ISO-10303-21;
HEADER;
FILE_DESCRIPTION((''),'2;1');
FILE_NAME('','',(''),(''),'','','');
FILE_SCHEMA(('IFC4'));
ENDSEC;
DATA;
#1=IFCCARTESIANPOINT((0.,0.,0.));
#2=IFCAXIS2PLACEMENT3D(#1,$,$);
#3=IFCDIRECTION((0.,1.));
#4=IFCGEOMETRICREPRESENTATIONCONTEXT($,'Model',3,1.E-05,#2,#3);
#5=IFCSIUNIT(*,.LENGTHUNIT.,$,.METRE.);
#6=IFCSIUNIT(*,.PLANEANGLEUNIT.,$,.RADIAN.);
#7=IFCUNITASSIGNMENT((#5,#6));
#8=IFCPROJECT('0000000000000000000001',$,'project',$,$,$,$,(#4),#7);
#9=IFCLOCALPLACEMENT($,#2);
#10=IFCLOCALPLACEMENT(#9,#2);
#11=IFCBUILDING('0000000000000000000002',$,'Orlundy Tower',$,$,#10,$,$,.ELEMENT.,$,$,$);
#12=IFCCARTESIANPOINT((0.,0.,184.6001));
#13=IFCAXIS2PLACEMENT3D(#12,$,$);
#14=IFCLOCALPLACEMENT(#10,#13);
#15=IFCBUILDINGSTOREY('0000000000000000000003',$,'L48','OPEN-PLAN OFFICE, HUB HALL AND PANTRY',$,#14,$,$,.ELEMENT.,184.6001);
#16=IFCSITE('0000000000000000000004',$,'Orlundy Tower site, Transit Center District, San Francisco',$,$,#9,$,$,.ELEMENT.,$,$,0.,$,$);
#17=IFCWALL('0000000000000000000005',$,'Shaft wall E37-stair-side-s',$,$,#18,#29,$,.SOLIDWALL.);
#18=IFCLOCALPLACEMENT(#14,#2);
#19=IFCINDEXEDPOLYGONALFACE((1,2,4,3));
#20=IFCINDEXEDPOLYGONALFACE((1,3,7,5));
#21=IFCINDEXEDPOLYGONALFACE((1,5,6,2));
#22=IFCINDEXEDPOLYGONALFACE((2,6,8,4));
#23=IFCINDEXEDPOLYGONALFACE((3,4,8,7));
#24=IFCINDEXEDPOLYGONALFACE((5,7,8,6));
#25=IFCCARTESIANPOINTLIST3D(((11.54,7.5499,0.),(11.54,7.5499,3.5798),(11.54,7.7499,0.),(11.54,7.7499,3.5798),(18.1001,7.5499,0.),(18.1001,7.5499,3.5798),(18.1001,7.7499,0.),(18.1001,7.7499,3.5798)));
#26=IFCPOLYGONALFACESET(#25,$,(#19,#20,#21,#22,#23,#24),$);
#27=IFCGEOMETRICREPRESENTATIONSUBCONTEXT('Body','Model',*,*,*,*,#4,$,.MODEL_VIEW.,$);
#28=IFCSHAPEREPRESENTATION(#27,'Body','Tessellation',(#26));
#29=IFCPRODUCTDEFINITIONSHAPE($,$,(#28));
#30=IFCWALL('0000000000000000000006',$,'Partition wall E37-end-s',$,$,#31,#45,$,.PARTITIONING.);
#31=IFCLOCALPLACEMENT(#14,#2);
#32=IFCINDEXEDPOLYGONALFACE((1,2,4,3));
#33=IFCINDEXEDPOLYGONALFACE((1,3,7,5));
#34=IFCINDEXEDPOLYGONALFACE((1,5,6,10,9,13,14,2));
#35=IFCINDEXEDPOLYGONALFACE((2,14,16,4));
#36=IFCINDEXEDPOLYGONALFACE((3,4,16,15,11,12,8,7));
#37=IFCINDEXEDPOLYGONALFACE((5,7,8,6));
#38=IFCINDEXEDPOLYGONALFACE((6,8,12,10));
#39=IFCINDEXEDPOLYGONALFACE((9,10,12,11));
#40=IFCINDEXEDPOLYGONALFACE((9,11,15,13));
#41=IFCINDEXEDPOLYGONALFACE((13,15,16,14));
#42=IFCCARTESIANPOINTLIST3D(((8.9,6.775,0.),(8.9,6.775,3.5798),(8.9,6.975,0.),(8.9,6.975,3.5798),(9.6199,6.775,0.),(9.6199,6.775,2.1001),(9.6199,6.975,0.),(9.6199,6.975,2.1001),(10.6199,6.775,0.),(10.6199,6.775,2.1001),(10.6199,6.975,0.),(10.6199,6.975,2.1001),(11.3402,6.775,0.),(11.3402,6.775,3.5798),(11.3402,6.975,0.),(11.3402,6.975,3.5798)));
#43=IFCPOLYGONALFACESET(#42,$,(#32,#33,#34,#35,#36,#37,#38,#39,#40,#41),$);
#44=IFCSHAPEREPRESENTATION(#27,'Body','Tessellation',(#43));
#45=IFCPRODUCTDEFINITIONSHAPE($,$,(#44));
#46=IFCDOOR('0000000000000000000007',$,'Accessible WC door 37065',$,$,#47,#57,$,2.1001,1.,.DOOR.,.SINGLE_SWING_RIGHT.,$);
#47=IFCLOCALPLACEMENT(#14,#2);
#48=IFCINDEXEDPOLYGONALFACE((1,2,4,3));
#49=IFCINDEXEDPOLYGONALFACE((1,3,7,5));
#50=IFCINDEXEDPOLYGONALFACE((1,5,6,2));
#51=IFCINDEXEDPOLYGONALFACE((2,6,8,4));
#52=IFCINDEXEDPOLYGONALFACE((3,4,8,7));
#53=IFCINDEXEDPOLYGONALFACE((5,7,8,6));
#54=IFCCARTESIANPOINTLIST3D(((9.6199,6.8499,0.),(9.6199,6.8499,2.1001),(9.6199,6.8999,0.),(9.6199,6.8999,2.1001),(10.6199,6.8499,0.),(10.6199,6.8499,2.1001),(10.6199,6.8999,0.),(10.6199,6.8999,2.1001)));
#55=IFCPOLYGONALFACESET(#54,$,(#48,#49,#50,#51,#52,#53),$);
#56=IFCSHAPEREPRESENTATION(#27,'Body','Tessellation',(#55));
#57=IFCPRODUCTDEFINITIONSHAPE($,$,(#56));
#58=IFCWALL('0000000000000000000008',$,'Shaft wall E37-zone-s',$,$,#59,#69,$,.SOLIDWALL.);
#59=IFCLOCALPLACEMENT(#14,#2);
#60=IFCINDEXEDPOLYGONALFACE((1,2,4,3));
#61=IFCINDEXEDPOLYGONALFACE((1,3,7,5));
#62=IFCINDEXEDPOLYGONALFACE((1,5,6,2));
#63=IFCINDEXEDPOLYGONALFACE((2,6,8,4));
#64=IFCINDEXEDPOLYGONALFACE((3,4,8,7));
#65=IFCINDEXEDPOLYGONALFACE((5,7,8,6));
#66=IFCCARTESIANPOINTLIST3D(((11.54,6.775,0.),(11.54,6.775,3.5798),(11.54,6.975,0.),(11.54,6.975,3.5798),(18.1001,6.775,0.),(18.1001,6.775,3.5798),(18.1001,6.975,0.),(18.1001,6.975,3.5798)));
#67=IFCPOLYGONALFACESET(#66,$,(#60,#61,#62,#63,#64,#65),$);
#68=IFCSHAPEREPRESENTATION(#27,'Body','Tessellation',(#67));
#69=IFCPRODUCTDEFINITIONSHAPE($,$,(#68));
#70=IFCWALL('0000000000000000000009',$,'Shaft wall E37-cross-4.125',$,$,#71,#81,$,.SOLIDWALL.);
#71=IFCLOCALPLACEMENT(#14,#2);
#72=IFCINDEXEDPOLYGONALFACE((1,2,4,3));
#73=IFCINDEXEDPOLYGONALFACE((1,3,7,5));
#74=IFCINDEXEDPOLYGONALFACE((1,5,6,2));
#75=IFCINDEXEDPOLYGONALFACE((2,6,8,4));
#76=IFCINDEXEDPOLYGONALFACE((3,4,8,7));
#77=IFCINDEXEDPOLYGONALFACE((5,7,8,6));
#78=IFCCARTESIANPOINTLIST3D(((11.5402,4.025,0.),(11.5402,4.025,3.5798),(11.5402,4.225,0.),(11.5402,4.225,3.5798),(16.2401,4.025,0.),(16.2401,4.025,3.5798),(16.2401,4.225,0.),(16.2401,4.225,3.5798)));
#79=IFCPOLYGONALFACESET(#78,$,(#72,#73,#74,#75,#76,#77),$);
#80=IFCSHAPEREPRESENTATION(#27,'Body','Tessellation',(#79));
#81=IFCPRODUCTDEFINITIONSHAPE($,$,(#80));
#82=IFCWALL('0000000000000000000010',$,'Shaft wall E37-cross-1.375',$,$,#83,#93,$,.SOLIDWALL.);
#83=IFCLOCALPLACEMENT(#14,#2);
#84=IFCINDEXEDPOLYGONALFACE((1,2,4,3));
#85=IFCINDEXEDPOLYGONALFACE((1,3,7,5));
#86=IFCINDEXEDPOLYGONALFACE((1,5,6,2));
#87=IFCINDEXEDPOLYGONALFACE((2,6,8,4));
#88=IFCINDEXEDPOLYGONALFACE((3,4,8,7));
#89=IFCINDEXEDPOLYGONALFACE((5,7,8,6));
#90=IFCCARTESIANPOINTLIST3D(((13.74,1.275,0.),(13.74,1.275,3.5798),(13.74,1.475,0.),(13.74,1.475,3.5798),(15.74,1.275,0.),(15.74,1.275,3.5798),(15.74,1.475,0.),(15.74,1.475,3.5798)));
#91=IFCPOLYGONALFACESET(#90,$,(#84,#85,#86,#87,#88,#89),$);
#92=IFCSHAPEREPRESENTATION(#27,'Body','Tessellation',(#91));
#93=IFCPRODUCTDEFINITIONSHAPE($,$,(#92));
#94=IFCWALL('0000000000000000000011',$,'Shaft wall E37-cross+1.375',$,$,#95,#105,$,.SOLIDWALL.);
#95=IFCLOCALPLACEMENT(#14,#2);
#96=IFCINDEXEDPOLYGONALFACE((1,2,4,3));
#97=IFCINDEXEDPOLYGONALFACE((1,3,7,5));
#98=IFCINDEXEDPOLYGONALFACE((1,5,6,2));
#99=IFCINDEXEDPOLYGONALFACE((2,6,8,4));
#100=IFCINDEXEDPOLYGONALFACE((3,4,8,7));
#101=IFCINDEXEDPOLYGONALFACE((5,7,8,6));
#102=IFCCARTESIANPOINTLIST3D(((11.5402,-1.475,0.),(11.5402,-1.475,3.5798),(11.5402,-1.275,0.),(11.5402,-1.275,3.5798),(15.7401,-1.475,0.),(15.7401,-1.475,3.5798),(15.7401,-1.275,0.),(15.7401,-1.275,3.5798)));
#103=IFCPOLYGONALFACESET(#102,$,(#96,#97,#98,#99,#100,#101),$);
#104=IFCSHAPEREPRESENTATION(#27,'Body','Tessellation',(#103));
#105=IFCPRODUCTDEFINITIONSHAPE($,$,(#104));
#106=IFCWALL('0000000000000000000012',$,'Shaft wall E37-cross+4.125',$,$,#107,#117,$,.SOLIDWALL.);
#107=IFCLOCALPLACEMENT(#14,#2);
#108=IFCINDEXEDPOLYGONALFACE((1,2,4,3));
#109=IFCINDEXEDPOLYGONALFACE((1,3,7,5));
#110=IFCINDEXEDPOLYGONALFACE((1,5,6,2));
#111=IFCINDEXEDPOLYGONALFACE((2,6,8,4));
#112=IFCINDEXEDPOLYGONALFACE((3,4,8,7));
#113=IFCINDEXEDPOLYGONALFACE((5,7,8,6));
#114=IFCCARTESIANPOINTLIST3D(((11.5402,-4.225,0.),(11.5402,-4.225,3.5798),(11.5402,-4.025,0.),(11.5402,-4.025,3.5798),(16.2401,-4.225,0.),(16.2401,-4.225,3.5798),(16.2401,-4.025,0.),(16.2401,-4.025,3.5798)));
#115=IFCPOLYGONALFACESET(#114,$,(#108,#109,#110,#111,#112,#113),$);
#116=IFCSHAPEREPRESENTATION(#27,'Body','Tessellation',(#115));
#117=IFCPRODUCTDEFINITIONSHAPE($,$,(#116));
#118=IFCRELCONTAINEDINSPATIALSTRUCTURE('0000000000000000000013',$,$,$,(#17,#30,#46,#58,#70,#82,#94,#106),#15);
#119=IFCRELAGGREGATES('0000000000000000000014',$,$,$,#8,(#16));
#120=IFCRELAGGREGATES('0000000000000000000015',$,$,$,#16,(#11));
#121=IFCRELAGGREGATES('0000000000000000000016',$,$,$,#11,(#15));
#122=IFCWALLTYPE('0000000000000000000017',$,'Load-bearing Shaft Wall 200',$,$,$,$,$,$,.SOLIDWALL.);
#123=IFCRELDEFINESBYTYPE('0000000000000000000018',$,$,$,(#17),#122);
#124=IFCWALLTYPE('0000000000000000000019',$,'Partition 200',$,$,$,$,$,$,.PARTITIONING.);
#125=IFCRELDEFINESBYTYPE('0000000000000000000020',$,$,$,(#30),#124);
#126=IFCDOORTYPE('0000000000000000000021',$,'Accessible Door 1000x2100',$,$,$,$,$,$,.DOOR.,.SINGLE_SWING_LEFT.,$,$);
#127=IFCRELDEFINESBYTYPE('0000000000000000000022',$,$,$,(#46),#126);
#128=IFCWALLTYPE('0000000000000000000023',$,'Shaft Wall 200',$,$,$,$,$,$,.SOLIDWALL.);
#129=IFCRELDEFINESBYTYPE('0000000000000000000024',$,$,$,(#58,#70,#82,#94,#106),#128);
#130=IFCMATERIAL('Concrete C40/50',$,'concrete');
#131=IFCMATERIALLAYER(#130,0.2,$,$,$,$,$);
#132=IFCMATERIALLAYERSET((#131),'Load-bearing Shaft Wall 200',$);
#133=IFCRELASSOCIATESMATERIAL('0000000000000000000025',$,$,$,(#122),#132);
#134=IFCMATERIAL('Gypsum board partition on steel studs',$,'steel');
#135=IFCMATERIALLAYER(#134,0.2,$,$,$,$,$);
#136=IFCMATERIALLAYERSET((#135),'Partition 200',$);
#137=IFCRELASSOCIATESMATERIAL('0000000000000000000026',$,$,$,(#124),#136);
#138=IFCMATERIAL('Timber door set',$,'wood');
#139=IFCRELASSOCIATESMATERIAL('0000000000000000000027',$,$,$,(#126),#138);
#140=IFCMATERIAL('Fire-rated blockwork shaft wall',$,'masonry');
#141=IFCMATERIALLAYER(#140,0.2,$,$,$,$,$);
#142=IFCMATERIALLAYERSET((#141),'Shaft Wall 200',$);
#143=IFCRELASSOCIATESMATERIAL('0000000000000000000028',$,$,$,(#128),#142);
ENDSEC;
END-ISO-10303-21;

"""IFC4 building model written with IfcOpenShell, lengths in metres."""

from ifc_helpers import new_model, si_unit, direction, frame, frame_2d, origin, place, context, subcontext, project, spatial, rectangle, extrude, material, layer, layer_set, type_object, element, fill, save


model = new_model("IFC4")

# Units and contexts
model_context = context("Model", 3, precision=1e-05, world=origin(), true_north=direction((0.0, 1.0)))
body_context = subcontext(model_context, "Body", "Model", "MODEL_VIEW")
ifc_project = project(units=[si_unit("LENGTHUNIT", "METRE"), si_unit("PLANEANGLEUNIT", "RADIAN")], contexts=[model_context])

# Site, building, storey
site_placement = place(None, origin())
site = spatial("IfcSite", under=ifc_project, at=site_placement, Name="Orlundy Tower site, Transit Center District, San Francisco", CompositionType="ELEMENT", RefElevation=0.0)
building_placement = place(site_placement, origin())
building = spatial("IfcBuilding", under=site, at=building_placement, Name="Orlundy Tower", CompositionType="ELEMENT")
storey_placement = place(building_placement, frame((0.0, 0.0, 184.6001)))
storey = spatial("IfcBuildingStorey", under=building, at=storey_placement, Name="L48", Description="OPEN-PLAN OFFICE, HUB HALL AND PANTRY", CompositionType="ELEMENT", Elevation=184.6001)

# Wall
ifc_material_1 = material(Name="Concrete C40/50", Category="concrete")
ifc_layer_1 = layer(ifc_material_1, 0.2)
ifc_layer_set_1 = layer_set([ifc_layer_1], Name="Load-bearing Shaft Wall 200")
wall_type_1 = type_object("IfcWallType", Name="Load-bearing Shaft Wall 200", PredefinedType="SOLIDWALL", material=ifc_layer_set_1)
wall_1_placement = place(storey_placement, frame((11.54, 7.6499, 0.0), z_axis=(0.0, 0.0, 1.0), x_axis=(1.0, 0.0, 0.0)))
element("IfcWall", 1, at=wall_1_placement, inside=storey, type_object=wall_type_1, Name="Shaft wall E37-stair-side-s", PredefinedType="SOLIDWALL", context=body_context, shape_type="SweptSolid", body=[
    extrude(rectangle(XDim=6.5601, YDim=0.2, at=frame_2d((3.28, 0.0))), origin(), (0.0, 0.0, 1.0), 3.5798),
])

# Wall, opening, door
ifc_material_2 = material(Name="Gypsum board partition on steel studs", Category="steel")
ifc_layer_2 = layer(ifc_material_2, 0.2)
ifc_layer_set_2 = layer_set([ifc_layer_2], Name="Partition 200")
wall_type_2 = type_object("IfcWallType", Name="Partition 200", PredefinedType="PARTITIONING", material=ifc_layer_set_2)
wall_2_placement = place(storey_placement, frame((8.8999, 6.875, 0.0), z_axis=(0.0, 0.0, 1.0), x_axis=(1.0, 0.0, 0.0)))
wall_2 = element("IfcWall", 2, at=wall_2_placement, inside=storey, type_object=wall_type_2, Name="Partition wall E37-end-s", PredefinedType="PARTITIONING", context=body_context, shape_type="SweptSolid", body=[
    extrude(rectangle(XDim=2.4402, YDim=0.2, at=frame_2d((1.2202, 0.0))), origin(), (0.0, 0.0, 1.0), 3.5798),
])
opening_1_placement = place(wall_2_placement, frame((0.72, 0.0, 0.0)))
opening_1 = element("IfcOpeningElement", 3, at=opening_1_placement, cuts=wall_2, PredefinedType="OPENING", context=body_context, shape_type="SweptSolid", body=[
    extrude(rectangle(XDim=1.0, YDim=2.1001, at=frame_2d((0.5, 1.05))), frame((0.0, 0.1101, 0.0), z_axis=(0.0, -1.0, 0.0), x_axis=(1.0, 0.0, 0.0)), (0.0, 0.0, 1.0), 0.2202),
])
ifc_material_3 = material(Name="Timber door set", Category="wood")
door_type_1 = type_object("IfcDoorType", Name="Accessible Door 1000x2100", OperationType="SINGLE_SWING_LEFT", PredefinedType="DOOR", material=ifc_material_3)
door_1_placement = place(opening_1_placement, origin())
door_1 = element("IfcDoor", 4, at=door_1_placement, inside=storey, type_object=door_type_1, Name="Accessible WC door 37065", OperationType="SINGLE_SWING_RIGHT", OverallHeight=2.1001, OverallWidth=1.0, PredefinedType="DOOR", context=body_context, shape_type="SweptSolid", body=[
    extrude(rectangle(XDim=1.0, YDim=2.1001, at=frame_2d((0.5, 1.05))), frame((0.0, 0.0249, 0.0), z_axis=(0.0, -1.0, 0.0), x_axis=(1.0, 0.0, 0.0)), (0.0, 0.0, 1.0), 0.05),
])
fill(opening_1, door_1)

# Walls
ifc_material_4 = material(Name="Fire-rated blockwork shaft wall", Category="masonry")
ifc_layer_3 = layer(ifc_material_4, 0.2)
ifc_layer_set_3 = layer_set([ifc_layer_3], Name="Shaft Wall 200")
wall_type_3 = type_object("IfcWallType", Name="Shaft Wall 200", PredefinedType="SOLIDWALL", material=ifc_layer_set_3)
wall_3_placement = place(storey_placement, frame((11.54, 6.875, 0.0), z_axis=(0.0, 0.0, 1.0), x_axis=(1.0, 0.0, 0.0)))
element("IfcWall", 5, at=wall_3_placement, inside=storey, type_object=wall_type_3, Name="Shaft wall E37-zone-s", PredefinedType="SOLIDWALL", context=body_context, shape_type="SweptSolid", body=[
    extrude(rectangle(XDim=6.5601, YDim=0.2, at=frame_2d((3.28, 0.0))), origin(), (0.0, 0.0, 1.0), 3.5798),
])
wall_4_placement = place(storey_placement, frame((11.54, 4.125, 0.0), z_axis=(0.0, 0.0, 1.0), x_axis=(1.0, 0.0, 0.0)))
element("IfcWall", 6, at=wall_4_placement, inside=storey, type_object=wall_type_3, Name="Shaft wall E37-cross-4.125", PredefinedType="SOLIDWALL", context=body_context, shape_type="SweptSolid", body=[
    extrude(rectangle(XDim=4.7, YDim=0.2, at=frame_2d((2.3501, 0.0))), origin(), (0.0, 0.0, 1.0), 3.5798),
])
wall_5_placement = place(storey_placement, frame((13.74, 1.375, 0.0), z_axis=(0.0, 0.0, 1.0), x_axis=(1.0, 0.0, 0.0)))
element("IfcWall", 7, at=wall_5_placement, inside=storey, type_object=wall_type_3, Name="Shaft wall E37-cross-1.375", PredefinedType="SOLIDWALL", context=body_context, shape_type="SweptSolid", body=[
    extrude(rectangle(XDim=2.0, YDim=0.2, at=frame_2d((1.0, 0.0))), origin(), (0.0, 0.0, 1.0), 3.5798),
])
wall_6_placement = place(storey_placement, frame((11.54, -1.375, 0.0), z_axis=(0.0, 0.0, 1.0), x_axis=(1.0, 0.0, 0.0)))
element("IfcWall", 8, at=wall_6_placement, inside=storey, type_object=wall_type_3, Name="Shaft wall E37-cross+1.375", PredefinedType="SOLIDWALL", context=body_context, shape_type="SweptSolid", body=[
    extrude(rectangle(XDim=4.2, YDim=0.2, at=frame_2d((2.1001, 0.0))), origin(), (0.0, 0.0, 1.0), 3.5798),
])
wall_7_placement = place(storey_placement, frame((11.54, -4.125, 0.0), z_axis=(0.0, 0.0, 1.0), x_axis=(1.0, 0.0, 0.0)))
element("IfcWall", 9, at=wall_7_placement, inside=storey, type_object=wall_type_3, Name="Shaft wall E37-cross+4.125", PredefinedType="SOLIDWALL", context=body_context, shape_type="SweptSolid", body=[
    extrude(rectangle(XDim=4.7, YDim=0.2, at=frame_2d((2.3501, 0.0))), origin(), (0.0, 0.0, 1.0), 3.5798),
])

save(model, "model.ifc")
